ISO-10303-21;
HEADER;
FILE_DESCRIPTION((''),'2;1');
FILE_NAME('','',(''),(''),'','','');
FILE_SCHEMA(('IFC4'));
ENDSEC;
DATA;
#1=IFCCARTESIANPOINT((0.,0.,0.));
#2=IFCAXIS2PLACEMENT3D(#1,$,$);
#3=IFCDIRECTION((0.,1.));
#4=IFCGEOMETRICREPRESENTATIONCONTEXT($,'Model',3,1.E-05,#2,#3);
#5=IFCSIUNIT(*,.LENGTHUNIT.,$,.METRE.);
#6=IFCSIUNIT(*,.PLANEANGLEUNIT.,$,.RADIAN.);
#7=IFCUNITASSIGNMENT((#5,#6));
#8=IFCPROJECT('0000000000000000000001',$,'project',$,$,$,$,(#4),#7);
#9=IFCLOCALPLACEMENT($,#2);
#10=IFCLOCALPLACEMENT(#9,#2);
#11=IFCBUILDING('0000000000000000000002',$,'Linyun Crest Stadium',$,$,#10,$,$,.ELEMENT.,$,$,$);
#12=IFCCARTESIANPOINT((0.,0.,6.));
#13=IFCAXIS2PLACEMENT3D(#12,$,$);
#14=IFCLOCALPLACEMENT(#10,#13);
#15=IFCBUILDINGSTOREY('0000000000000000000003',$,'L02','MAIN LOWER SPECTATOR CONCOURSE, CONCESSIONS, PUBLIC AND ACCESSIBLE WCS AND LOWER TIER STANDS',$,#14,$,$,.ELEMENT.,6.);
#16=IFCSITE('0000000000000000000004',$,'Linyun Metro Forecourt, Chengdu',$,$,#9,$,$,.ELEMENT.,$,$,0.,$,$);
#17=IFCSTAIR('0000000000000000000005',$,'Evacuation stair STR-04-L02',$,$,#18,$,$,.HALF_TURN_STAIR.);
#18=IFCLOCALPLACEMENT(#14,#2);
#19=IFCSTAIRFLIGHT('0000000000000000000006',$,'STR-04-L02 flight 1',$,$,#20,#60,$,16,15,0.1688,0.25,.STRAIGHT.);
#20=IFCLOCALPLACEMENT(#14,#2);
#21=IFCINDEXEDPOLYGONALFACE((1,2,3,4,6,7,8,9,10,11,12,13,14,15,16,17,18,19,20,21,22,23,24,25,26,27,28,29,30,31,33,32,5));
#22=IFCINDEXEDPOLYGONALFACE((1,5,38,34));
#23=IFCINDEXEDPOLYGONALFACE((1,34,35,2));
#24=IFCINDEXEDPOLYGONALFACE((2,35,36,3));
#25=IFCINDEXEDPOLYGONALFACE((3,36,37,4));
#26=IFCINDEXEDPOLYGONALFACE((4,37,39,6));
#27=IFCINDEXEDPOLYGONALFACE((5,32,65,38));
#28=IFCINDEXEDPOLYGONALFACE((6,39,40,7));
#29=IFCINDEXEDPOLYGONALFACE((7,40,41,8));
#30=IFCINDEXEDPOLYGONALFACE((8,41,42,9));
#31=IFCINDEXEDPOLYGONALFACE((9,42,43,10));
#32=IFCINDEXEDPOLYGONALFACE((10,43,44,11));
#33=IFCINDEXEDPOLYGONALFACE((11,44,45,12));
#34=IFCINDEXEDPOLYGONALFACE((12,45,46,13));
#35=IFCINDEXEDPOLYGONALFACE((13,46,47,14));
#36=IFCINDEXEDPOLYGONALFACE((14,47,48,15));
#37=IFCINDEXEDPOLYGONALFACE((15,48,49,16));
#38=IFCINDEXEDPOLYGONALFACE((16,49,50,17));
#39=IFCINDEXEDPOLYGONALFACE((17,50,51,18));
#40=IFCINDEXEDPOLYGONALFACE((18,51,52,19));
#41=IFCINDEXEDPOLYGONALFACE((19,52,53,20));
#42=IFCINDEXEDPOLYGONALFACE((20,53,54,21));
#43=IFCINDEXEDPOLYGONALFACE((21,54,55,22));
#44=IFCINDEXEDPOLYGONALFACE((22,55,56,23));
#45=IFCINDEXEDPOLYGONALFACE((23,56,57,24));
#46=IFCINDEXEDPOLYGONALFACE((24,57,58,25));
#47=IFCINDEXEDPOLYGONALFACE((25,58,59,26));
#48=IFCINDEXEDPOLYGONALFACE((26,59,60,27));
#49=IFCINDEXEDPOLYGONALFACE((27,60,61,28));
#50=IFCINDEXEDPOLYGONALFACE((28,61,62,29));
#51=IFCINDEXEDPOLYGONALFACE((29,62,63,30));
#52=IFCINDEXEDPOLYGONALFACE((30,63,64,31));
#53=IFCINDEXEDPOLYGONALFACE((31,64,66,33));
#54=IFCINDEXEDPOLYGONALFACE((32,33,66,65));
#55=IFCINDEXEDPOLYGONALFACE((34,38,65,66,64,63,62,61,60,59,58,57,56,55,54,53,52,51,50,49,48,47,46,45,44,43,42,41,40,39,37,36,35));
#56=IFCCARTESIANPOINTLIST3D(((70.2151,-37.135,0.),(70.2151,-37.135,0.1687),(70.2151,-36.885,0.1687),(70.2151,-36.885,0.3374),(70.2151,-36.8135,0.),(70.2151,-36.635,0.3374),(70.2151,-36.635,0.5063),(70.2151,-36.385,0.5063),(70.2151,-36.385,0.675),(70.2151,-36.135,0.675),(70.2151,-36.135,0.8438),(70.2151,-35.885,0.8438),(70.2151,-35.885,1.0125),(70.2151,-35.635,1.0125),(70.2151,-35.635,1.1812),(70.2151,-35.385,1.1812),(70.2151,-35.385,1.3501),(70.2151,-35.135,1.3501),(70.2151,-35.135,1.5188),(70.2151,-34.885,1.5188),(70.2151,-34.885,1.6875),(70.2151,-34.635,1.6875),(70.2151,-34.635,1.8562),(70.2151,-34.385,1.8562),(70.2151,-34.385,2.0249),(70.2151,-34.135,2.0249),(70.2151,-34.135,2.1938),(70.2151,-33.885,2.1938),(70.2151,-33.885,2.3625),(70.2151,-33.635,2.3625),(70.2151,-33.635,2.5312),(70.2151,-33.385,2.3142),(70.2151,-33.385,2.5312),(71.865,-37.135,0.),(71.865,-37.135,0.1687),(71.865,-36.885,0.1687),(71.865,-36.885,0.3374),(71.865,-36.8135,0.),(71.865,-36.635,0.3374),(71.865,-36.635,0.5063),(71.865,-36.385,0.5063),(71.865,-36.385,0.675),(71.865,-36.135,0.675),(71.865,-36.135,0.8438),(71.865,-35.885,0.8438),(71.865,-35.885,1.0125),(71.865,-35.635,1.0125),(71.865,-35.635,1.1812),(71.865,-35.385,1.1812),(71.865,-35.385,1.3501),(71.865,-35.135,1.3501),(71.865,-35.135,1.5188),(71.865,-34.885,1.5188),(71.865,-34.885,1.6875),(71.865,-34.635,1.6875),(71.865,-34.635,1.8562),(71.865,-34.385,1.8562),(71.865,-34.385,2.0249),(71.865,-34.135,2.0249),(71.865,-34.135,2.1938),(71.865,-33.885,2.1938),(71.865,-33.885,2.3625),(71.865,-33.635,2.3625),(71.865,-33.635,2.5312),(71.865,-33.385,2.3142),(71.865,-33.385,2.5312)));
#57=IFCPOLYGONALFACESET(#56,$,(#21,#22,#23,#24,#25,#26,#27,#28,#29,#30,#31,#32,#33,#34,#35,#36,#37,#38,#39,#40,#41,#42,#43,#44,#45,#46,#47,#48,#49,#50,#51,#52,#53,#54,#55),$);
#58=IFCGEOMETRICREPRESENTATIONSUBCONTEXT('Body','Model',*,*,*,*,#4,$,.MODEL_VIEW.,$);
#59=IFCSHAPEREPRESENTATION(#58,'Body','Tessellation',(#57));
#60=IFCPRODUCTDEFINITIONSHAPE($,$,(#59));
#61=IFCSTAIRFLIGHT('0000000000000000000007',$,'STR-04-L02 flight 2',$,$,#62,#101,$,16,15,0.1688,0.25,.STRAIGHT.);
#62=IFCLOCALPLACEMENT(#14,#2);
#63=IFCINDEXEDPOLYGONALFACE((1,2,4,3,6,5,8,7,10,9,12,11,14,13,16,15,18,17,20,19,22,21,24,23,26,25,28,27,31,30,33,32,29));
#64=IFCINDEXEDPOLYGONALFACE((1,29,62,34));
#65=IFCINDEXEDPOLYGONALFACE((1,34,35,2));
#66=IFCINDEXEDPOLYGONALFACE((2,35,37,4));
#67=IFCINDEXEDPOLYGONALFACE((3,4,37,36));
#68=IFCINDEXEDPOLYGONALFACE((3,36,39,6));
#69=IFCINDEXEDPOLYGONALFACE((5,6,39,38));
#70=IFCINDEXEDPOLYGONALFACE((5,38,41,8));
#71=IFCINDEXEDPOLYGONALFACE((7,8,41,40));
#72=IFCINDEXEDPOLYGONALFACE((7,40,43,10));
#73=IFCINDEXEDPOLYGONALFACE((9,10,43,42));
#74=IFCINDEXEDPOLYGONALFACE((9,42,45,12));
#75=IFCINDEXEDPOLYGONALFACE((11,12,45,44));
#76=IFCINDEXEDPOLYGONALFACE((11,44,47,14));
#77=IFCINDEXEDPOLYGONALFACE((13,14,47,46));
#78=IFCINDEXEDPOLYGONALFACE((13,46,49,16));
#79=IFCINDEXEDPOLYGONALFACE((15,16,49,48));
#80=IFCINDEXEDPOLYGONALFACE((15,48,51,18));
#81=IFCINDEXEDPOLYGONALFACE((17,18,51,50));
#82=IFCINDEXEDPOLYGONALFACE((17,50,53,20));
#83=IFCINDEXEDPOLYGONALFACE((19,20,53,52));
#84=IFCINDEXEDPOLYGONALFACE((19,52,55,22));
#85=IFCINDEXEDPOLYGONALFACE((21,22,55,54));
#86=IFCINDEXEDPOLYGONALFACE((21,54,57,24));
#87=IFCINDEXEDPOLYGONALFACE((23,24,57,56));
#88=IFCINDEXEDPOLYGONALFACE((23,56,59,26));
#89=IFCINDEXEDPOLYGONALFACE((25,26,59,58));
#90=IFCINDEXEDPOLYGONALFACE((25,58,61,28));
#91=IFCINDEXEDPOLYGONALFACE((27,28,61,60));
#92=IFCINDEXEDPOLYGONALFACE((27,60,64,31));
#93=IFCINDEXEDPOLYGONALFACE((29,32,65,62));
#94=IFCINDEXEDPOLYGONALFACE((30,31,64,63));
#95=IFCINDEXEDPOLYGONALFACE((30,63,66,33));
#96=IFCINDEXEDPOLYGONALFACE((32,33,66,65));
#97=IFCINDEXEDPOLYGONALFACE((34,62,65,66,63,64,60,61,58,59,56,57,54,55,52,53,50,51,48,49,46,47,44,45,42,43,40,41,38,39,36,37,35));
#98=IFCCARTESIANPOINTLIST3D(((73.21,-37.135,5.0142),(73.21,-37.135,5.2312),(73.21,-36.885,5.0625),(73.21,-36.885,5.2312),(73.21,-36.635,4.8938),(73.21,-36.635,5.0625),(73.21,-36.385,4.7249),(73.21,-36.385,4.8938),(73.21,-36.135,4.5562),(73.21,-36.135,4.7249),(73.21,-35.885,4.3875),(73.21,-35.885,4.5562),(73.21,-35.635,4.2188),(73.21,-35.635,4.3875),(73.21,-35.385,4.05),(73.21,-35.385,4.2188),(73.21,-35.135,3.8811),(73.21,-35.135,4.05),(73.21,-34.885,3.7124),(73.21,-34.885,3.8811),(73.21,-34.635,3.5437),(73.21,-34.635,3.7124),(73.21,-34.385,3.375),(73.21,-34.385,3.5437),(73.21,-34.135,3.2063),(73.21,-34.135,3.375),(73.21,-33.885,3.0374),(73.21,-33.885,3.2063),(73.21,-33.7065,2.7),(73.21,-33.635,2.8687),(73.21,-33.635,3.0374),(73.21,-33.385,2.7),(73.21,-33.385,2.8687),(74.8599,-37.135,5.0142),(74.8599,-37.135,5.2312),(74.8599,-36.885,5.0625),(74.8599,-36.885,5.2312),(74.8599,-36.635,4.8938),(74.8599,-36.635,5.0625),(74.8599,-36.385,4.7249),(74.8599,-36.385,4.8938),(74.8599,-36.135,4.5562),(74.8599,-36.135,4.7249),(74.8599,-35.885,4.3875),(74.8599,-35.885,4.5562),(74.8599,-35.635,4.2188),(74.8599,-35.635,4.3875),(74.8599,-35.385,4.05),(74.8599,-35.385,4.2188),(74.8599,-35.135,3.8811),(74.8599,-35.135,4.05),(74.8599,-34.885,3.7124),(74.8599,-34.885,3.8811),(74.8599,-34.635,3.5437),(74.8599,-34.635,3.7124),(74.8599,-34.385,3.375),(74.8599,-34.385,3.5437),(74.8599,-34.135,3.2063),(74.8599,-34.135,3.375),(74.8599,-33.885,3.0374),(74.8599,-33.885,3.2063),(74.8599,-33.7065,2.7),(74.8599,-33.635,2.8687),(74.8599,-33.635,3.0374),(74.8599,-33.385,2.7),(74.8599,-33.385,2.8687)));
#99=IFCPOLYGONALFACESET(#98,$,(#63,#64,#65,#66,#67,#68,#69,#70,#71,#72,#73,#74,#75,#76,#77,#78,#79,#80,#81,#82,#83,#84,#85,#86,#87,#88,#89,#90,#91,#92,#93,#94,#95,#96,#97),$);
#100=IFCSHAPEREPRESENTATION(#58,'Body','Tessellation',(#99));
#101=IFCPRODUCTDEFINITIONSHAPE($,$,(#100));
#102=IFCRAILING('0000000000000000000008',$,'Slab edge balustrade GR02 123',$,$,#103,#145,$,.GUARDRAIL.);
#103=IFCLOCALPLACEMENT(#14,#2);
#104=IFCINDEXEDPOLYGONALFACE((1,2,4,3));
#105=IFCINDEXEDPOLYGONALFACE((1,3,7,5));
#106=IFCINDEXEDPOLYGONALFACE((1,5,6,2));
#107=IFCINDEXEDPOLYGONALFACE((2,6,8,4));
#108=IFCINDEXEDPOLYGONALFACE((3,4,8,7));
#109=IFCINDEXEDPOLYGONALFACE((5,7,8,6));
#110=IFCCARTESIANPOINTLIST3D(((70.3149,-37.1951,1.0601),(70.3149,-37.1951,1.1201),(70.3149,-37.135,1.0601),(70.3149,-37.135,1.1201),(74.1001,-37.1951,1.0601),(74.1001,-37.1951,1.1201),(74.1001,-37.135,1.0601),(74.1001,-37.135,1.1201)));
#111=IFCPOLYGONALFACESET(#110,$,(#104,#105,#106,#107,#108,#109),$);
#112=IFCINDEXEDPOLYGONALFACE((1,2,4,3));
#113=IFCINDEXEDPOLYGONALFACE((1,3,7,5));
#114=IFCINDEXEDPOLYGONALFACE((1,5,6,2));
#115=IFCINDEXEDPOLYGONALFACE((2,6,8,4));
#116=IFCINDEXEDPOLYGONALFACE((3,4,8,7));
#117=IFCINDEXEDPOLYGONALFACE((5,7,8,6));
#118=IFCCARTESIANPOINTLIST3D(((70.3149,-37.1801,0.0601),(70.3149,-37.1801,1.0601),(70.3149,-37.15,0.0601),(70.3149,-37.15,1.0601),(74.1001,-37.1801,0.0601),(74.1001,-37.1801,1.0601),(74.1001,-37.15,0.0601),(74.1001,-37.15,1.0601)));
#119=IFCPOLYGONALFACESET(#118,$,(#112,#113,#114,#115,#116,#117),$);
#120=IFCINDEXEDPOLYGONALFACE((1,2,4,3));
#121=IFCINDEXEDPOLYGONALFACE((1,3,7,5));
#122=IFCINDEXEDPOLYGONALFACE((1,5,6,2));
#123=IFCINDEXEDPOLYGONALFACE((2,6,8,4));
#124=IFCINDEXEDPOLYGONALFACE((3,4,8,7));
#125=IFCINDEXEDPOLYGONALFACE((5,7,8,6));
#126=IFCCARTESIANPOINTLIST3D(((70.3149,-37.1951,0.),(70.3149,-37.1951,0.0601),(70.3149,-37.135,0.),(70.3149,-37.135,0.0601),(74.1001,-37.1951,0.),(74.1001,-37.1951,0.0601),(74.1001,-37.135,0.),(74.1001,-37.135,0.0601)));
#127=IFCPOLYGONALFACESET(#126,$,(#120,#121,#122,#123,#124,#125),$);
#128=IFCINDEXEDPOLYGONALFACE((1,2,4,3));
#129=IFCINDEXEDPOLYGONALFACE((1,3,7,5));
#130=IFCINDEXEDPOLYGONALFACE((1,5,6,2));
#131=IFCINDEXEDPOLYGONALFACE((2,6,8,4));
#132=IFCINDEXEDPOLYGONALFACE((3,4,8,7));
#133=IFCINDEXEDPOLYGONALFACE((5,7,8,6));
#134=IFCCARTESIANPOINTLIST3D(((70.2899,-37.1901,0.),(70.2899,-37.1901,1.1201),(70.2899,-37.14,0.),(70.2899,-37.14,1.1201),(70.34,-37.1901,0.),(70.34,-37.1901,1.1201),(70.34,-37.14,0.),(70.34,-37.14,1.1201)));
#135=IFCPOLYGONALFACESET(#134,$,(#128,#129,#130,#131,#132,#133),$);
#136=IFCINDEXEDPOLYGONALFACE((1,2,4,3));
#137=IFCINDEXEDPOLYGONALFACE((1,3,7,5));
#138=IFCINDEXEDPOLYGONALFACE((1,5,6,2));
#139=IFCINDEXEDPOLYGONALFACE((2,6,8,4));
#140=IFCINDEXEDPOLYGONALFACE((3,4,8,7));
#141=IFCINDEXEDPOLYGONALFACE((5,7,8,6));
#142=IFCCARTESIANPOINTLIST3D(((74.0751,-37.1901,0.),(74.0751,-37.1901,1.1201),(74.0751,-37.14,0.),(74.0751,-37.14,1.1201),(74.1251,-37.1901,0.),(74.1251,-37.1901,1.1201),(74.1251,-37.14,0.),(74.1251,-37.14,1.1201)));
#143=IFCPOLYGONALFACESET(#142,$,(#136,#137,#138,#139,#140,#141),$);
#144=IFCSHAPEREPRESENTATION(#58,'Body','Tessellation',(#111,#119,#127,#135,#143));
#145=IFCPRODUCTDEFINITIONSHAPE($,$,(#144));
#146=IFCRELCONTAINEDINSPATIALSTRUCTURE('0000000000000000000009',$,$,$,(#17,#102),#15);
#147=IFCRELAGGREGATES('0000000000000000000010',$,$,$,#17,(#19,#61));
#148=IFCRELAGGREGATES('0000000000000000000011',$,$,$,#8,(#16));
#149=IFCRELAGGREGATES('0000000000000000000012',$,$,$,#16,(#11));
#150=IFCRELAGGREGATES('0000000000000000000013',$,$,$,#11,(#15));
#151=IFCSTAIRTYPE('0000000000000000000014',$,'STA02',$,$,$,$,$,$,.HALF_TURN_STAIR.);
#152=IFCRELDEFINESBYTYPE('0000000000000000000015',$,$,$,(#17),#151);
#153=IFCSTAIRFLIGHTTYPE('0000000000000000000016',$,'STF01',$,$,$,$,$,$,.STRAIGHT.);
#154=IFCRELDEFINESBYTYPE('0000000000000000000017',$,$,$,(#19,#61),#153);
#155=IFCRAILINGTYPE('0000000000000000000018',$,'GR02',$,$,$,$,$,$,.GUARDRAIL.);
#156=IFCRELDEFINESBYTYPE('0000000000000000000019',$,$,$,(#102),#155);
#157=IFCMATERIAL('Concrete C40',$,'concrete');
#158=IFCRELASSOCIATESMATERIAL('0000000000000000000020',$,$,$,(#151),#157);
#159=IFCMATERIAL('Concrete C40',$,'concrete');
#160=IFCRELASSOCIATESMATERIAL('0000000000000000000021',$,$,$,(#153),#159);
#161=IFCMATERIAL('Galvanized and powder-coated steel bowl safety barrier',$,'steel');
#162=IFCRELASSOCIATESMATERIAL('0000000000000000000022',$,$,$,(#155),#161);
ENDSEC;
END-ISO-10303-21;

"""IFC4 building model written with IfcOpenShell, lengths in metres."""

from ifc_helpers import new_model, si_unit, direction, frame, origin, origin_2d, place, context, subcontext, project, spatial, polyline, rectangle, outline, extrude, material, type_object, element, aggregate, save


model = new_model("IFC4")

# Units and contexts
model_context = context("Model", 3, precision=1e-05, world=origin(), true_north=direction((0.0, 1.0)))
body_context = subcontext(model_context, "Body", "Model", "MODEL_VIEW")
ifc_project = project(units=[si_unit("LENGTHUNIT", "METRE"), si_unit("PLANEANGLEUNIT", "RADIAN")], contexts=[model_context])

# Site, building, storey
site_placement = place(None, origin())
site = spatial("IfcSite", under=ifc_project, at=site_placement, Name="Linyun Metro Forecourt, Chengdu", CompositionType="ELEMENT", RefElevation=0.0)
building_placement = place(site_placement, origin())
building = spatial("IfcBuilding", under=site, at=building_placement, Name="Linyun Crest Stadium", CompositionType="ELEMENT")
storey_placement = place(building_placement, frame((0.0, 0.0, 6.0)))
storey = spatial("IfcBuildingStorey", under=building, at=storey_placement, Name="L02", Description="MAIN LOWER SPECTATOR CONCOURSE, CONCESSIONS, PUBLIC AND ACCESSIBLE WCS AND LOWER TIER STANDS", CompositionType="ELEMENT", Elevation=6.0)

# Stair, stair flights
ifc_material_1 = material(Name="Concrete C40", Category="concrete")
stair_type = type_object("IfcStairType", Name="STA02", PredefinedType="HALF_TURN_STAIR", material=ifc_material_1)
stair_placement = place(storey_placement, origin())
stair = element("IfcStair", 1, at=stair_placement, inside=storey, type_object=stair_type, Name="Evacuation stair STR-04-L02", PredefinedType="HALF_TURN_STAIR")
ifc_material_2 = material(Name="Concrete C40", Category="concrete")
stair_flight_type = type_object("IfcStairFlightType", Name="STF01", PredefinedType="STRAIGHT", material=ifc_material_2)
stair_flight_1_placement = place(storey_placement, frame((71.04, -37.135, 0.0), z_axis=(0.0, 0.0, 1.0), x_axis=(0.0, 1.0, 0.0)))
stair_flight_1 = element("IfcStairFlight", 2, at=stair_flight_1_placement, type_object=stair_flight_type, Name="STR-04-L02 flight 1", NumberOfRisers=16, NumberOfTreads=15, PredefinedType="STRAIGHT", RiserHeight=0.1688, TreadLength=0.25, context=body_context, shape_type="SweptSolid", body=[
    extrude(outline(polyline([(0.0, 0.0), (0.0, 0.1687), (0.25, 0.1687), (0.25, 0.3374), (0.5, 0.3374), (0.5, 0.5063), (0.75, 0.5063), (0.75, 0.675), (1.0, 0.675), (1.0, 0.8438), (1.25, 0.8438), (1.25, 1.0125), (1.5, 1.0125), (1.5, 1.1812), (1.75, 1.1812), (1.75, 1.3501), (2.0, 1.3501), (2.0, 1.5188), (2.25, 1.5188), (2.25, 1.6875), (2.5, 1.6875), (2.5, 1.8562), (2.75, 1.8562), (2.75, 2.0249), (3.0, 2.0249), (3.0, 2.1938), (3.25, 2.1938), (3.25, 2.3625), (3.5, 2.3625), (3.5, 2.5312), (3.75, 2.5312), (3.75, 2.7), (3.75, 2.3142), (0.3215, 0.0), (0.0, 0.0)])), frame((0.0, 0.825, 0.0), z_axis=(0.0, -1.0, 0.0), x_axis=(1.0, 0.0, 0.0)), (0.0, 0.0, 1.0), 1.6499),
])
stair_flight_2_placement = place(storey_placement, frame((74.0349, -33.385, 2.7), z_axis=(0.0, 0.0, 1.0), x_axis=(0.0, -1.0, 0.0)))
stair_flight_2 = element("IfcStairFlight", 3, at=stair_flight_2_placement, type_object=stair_flight_type, Name="STR-04-L02 flight 2", NumberOfRisers=16, NumberOfTreads=15, PredefinedType="STRAIGHT", RiserHeight=0.1688, TreadLength=0.25, context=body_context, shape_type="SweptSolid", body=[
    extrude(outline(polyline([(0.0, 0.0), (0.0, 0.1687), (0.25, 0.1687), (0.25, 0.3374), (0.5, 0.3374), (0.5, 0.5063), (0.75, 0.5063), (0.75, 0.675), (1.0, 0.675), (1.0, 0.8438), (1.25, 0.8438), (1.25, 1.0125), (1.5, 1.0125), (1.5, 1.1812), (1.75, 1.1812), (1.75, 1.3501), (2.0, 1.3501), (2.0, 1.5188), (2.25, 1.5188), (2.25, 1.6875), (2.5, 1.6875), (2.5, 1.8562), (2.75, 1.8562), (2.75, 2.0249), (3.0, 2.0249), (3.0, 2.1938), (3.25, 2.1938), (3.25, 2.3625), (3.5, 2.3625), (3.5, 2.5312), (3.75, 2.5312), (3.75, 2.7), (3.75, 2.3142), (0.3215, 0.0), (0.0, 0.0)])), frame((0.0, 0.825, 0.0), z_axis=(0.0, -1.0, 0.0), x_axis=(1.0, 0.0, 0.0)), (0.0, 0.0, 1.0), 1.6499),
])
aggregate(stair, [stair_flight_1, stair_flight_2])

# Railing
ifc_material_3 = material(Name="Galvanized and powder-coated steel bowl safety barrier", Category="steel")
railing_type_1 = type_object("IfcRailingType", Name="GR02", PredefinedType="GUARDRAIL", material=ifc_material_3)
railing_1_placement = place(storey_placement, frame((70.3149, -37.165, 0.0)))
element("IfcRailing", 4, at=railing_1_placement, inside=storey, type_object=railing_type_1, Name="Slab edge balustrade GR02 123", PredefinedType="GUARDRAIL", context=body_context, shape_type="SweptSolid", body=[
    extrude(rectangle(XDim=0.0601, YDim=0.0601, at=origin_2d()), frame((0.0, 0.0, 1.0901), z_axis=(1.0, 0.0, 0.0), x_axis=(0.0, 1.0, 0.0)), (0.0, 0.0, 1.0), 3.7852),
    extrude(rectangle(XDim=0.03, YDim=1.0, at=origin_2d()), frame((0.0, 0.0, 0.5601), z_axis=(1.0, 0.0, 0.0), x_axis=(0.0, 1.0, 0.0)), (0.0, 0.0, 1.0), 3.7852),
    extrude(rectangle(XDim=0.0601, YDim=0.0601, at=origin_2d()), frame((0.0, 0.0, 0.03), z_axis=(1.0, 0.0, 0.0), x_axis=(0.0, 1.0, 0.0)), (0.0, 0.0, 1.0), 3.7852),
    extrude(rectangle(XDim=0.05, YDim=0.05, at=origin_2d()), origin(), (0.0, 0.0, 1.0), 1.1201),
    extrude(rectangle(XDim=0.05, YDim=0.05, at=origin_2d()), frame((3.7852, 0.0, 0.0)), (0.0, 0.0, 1.0), 1.1201),
])

save(model, "model.ifc")
